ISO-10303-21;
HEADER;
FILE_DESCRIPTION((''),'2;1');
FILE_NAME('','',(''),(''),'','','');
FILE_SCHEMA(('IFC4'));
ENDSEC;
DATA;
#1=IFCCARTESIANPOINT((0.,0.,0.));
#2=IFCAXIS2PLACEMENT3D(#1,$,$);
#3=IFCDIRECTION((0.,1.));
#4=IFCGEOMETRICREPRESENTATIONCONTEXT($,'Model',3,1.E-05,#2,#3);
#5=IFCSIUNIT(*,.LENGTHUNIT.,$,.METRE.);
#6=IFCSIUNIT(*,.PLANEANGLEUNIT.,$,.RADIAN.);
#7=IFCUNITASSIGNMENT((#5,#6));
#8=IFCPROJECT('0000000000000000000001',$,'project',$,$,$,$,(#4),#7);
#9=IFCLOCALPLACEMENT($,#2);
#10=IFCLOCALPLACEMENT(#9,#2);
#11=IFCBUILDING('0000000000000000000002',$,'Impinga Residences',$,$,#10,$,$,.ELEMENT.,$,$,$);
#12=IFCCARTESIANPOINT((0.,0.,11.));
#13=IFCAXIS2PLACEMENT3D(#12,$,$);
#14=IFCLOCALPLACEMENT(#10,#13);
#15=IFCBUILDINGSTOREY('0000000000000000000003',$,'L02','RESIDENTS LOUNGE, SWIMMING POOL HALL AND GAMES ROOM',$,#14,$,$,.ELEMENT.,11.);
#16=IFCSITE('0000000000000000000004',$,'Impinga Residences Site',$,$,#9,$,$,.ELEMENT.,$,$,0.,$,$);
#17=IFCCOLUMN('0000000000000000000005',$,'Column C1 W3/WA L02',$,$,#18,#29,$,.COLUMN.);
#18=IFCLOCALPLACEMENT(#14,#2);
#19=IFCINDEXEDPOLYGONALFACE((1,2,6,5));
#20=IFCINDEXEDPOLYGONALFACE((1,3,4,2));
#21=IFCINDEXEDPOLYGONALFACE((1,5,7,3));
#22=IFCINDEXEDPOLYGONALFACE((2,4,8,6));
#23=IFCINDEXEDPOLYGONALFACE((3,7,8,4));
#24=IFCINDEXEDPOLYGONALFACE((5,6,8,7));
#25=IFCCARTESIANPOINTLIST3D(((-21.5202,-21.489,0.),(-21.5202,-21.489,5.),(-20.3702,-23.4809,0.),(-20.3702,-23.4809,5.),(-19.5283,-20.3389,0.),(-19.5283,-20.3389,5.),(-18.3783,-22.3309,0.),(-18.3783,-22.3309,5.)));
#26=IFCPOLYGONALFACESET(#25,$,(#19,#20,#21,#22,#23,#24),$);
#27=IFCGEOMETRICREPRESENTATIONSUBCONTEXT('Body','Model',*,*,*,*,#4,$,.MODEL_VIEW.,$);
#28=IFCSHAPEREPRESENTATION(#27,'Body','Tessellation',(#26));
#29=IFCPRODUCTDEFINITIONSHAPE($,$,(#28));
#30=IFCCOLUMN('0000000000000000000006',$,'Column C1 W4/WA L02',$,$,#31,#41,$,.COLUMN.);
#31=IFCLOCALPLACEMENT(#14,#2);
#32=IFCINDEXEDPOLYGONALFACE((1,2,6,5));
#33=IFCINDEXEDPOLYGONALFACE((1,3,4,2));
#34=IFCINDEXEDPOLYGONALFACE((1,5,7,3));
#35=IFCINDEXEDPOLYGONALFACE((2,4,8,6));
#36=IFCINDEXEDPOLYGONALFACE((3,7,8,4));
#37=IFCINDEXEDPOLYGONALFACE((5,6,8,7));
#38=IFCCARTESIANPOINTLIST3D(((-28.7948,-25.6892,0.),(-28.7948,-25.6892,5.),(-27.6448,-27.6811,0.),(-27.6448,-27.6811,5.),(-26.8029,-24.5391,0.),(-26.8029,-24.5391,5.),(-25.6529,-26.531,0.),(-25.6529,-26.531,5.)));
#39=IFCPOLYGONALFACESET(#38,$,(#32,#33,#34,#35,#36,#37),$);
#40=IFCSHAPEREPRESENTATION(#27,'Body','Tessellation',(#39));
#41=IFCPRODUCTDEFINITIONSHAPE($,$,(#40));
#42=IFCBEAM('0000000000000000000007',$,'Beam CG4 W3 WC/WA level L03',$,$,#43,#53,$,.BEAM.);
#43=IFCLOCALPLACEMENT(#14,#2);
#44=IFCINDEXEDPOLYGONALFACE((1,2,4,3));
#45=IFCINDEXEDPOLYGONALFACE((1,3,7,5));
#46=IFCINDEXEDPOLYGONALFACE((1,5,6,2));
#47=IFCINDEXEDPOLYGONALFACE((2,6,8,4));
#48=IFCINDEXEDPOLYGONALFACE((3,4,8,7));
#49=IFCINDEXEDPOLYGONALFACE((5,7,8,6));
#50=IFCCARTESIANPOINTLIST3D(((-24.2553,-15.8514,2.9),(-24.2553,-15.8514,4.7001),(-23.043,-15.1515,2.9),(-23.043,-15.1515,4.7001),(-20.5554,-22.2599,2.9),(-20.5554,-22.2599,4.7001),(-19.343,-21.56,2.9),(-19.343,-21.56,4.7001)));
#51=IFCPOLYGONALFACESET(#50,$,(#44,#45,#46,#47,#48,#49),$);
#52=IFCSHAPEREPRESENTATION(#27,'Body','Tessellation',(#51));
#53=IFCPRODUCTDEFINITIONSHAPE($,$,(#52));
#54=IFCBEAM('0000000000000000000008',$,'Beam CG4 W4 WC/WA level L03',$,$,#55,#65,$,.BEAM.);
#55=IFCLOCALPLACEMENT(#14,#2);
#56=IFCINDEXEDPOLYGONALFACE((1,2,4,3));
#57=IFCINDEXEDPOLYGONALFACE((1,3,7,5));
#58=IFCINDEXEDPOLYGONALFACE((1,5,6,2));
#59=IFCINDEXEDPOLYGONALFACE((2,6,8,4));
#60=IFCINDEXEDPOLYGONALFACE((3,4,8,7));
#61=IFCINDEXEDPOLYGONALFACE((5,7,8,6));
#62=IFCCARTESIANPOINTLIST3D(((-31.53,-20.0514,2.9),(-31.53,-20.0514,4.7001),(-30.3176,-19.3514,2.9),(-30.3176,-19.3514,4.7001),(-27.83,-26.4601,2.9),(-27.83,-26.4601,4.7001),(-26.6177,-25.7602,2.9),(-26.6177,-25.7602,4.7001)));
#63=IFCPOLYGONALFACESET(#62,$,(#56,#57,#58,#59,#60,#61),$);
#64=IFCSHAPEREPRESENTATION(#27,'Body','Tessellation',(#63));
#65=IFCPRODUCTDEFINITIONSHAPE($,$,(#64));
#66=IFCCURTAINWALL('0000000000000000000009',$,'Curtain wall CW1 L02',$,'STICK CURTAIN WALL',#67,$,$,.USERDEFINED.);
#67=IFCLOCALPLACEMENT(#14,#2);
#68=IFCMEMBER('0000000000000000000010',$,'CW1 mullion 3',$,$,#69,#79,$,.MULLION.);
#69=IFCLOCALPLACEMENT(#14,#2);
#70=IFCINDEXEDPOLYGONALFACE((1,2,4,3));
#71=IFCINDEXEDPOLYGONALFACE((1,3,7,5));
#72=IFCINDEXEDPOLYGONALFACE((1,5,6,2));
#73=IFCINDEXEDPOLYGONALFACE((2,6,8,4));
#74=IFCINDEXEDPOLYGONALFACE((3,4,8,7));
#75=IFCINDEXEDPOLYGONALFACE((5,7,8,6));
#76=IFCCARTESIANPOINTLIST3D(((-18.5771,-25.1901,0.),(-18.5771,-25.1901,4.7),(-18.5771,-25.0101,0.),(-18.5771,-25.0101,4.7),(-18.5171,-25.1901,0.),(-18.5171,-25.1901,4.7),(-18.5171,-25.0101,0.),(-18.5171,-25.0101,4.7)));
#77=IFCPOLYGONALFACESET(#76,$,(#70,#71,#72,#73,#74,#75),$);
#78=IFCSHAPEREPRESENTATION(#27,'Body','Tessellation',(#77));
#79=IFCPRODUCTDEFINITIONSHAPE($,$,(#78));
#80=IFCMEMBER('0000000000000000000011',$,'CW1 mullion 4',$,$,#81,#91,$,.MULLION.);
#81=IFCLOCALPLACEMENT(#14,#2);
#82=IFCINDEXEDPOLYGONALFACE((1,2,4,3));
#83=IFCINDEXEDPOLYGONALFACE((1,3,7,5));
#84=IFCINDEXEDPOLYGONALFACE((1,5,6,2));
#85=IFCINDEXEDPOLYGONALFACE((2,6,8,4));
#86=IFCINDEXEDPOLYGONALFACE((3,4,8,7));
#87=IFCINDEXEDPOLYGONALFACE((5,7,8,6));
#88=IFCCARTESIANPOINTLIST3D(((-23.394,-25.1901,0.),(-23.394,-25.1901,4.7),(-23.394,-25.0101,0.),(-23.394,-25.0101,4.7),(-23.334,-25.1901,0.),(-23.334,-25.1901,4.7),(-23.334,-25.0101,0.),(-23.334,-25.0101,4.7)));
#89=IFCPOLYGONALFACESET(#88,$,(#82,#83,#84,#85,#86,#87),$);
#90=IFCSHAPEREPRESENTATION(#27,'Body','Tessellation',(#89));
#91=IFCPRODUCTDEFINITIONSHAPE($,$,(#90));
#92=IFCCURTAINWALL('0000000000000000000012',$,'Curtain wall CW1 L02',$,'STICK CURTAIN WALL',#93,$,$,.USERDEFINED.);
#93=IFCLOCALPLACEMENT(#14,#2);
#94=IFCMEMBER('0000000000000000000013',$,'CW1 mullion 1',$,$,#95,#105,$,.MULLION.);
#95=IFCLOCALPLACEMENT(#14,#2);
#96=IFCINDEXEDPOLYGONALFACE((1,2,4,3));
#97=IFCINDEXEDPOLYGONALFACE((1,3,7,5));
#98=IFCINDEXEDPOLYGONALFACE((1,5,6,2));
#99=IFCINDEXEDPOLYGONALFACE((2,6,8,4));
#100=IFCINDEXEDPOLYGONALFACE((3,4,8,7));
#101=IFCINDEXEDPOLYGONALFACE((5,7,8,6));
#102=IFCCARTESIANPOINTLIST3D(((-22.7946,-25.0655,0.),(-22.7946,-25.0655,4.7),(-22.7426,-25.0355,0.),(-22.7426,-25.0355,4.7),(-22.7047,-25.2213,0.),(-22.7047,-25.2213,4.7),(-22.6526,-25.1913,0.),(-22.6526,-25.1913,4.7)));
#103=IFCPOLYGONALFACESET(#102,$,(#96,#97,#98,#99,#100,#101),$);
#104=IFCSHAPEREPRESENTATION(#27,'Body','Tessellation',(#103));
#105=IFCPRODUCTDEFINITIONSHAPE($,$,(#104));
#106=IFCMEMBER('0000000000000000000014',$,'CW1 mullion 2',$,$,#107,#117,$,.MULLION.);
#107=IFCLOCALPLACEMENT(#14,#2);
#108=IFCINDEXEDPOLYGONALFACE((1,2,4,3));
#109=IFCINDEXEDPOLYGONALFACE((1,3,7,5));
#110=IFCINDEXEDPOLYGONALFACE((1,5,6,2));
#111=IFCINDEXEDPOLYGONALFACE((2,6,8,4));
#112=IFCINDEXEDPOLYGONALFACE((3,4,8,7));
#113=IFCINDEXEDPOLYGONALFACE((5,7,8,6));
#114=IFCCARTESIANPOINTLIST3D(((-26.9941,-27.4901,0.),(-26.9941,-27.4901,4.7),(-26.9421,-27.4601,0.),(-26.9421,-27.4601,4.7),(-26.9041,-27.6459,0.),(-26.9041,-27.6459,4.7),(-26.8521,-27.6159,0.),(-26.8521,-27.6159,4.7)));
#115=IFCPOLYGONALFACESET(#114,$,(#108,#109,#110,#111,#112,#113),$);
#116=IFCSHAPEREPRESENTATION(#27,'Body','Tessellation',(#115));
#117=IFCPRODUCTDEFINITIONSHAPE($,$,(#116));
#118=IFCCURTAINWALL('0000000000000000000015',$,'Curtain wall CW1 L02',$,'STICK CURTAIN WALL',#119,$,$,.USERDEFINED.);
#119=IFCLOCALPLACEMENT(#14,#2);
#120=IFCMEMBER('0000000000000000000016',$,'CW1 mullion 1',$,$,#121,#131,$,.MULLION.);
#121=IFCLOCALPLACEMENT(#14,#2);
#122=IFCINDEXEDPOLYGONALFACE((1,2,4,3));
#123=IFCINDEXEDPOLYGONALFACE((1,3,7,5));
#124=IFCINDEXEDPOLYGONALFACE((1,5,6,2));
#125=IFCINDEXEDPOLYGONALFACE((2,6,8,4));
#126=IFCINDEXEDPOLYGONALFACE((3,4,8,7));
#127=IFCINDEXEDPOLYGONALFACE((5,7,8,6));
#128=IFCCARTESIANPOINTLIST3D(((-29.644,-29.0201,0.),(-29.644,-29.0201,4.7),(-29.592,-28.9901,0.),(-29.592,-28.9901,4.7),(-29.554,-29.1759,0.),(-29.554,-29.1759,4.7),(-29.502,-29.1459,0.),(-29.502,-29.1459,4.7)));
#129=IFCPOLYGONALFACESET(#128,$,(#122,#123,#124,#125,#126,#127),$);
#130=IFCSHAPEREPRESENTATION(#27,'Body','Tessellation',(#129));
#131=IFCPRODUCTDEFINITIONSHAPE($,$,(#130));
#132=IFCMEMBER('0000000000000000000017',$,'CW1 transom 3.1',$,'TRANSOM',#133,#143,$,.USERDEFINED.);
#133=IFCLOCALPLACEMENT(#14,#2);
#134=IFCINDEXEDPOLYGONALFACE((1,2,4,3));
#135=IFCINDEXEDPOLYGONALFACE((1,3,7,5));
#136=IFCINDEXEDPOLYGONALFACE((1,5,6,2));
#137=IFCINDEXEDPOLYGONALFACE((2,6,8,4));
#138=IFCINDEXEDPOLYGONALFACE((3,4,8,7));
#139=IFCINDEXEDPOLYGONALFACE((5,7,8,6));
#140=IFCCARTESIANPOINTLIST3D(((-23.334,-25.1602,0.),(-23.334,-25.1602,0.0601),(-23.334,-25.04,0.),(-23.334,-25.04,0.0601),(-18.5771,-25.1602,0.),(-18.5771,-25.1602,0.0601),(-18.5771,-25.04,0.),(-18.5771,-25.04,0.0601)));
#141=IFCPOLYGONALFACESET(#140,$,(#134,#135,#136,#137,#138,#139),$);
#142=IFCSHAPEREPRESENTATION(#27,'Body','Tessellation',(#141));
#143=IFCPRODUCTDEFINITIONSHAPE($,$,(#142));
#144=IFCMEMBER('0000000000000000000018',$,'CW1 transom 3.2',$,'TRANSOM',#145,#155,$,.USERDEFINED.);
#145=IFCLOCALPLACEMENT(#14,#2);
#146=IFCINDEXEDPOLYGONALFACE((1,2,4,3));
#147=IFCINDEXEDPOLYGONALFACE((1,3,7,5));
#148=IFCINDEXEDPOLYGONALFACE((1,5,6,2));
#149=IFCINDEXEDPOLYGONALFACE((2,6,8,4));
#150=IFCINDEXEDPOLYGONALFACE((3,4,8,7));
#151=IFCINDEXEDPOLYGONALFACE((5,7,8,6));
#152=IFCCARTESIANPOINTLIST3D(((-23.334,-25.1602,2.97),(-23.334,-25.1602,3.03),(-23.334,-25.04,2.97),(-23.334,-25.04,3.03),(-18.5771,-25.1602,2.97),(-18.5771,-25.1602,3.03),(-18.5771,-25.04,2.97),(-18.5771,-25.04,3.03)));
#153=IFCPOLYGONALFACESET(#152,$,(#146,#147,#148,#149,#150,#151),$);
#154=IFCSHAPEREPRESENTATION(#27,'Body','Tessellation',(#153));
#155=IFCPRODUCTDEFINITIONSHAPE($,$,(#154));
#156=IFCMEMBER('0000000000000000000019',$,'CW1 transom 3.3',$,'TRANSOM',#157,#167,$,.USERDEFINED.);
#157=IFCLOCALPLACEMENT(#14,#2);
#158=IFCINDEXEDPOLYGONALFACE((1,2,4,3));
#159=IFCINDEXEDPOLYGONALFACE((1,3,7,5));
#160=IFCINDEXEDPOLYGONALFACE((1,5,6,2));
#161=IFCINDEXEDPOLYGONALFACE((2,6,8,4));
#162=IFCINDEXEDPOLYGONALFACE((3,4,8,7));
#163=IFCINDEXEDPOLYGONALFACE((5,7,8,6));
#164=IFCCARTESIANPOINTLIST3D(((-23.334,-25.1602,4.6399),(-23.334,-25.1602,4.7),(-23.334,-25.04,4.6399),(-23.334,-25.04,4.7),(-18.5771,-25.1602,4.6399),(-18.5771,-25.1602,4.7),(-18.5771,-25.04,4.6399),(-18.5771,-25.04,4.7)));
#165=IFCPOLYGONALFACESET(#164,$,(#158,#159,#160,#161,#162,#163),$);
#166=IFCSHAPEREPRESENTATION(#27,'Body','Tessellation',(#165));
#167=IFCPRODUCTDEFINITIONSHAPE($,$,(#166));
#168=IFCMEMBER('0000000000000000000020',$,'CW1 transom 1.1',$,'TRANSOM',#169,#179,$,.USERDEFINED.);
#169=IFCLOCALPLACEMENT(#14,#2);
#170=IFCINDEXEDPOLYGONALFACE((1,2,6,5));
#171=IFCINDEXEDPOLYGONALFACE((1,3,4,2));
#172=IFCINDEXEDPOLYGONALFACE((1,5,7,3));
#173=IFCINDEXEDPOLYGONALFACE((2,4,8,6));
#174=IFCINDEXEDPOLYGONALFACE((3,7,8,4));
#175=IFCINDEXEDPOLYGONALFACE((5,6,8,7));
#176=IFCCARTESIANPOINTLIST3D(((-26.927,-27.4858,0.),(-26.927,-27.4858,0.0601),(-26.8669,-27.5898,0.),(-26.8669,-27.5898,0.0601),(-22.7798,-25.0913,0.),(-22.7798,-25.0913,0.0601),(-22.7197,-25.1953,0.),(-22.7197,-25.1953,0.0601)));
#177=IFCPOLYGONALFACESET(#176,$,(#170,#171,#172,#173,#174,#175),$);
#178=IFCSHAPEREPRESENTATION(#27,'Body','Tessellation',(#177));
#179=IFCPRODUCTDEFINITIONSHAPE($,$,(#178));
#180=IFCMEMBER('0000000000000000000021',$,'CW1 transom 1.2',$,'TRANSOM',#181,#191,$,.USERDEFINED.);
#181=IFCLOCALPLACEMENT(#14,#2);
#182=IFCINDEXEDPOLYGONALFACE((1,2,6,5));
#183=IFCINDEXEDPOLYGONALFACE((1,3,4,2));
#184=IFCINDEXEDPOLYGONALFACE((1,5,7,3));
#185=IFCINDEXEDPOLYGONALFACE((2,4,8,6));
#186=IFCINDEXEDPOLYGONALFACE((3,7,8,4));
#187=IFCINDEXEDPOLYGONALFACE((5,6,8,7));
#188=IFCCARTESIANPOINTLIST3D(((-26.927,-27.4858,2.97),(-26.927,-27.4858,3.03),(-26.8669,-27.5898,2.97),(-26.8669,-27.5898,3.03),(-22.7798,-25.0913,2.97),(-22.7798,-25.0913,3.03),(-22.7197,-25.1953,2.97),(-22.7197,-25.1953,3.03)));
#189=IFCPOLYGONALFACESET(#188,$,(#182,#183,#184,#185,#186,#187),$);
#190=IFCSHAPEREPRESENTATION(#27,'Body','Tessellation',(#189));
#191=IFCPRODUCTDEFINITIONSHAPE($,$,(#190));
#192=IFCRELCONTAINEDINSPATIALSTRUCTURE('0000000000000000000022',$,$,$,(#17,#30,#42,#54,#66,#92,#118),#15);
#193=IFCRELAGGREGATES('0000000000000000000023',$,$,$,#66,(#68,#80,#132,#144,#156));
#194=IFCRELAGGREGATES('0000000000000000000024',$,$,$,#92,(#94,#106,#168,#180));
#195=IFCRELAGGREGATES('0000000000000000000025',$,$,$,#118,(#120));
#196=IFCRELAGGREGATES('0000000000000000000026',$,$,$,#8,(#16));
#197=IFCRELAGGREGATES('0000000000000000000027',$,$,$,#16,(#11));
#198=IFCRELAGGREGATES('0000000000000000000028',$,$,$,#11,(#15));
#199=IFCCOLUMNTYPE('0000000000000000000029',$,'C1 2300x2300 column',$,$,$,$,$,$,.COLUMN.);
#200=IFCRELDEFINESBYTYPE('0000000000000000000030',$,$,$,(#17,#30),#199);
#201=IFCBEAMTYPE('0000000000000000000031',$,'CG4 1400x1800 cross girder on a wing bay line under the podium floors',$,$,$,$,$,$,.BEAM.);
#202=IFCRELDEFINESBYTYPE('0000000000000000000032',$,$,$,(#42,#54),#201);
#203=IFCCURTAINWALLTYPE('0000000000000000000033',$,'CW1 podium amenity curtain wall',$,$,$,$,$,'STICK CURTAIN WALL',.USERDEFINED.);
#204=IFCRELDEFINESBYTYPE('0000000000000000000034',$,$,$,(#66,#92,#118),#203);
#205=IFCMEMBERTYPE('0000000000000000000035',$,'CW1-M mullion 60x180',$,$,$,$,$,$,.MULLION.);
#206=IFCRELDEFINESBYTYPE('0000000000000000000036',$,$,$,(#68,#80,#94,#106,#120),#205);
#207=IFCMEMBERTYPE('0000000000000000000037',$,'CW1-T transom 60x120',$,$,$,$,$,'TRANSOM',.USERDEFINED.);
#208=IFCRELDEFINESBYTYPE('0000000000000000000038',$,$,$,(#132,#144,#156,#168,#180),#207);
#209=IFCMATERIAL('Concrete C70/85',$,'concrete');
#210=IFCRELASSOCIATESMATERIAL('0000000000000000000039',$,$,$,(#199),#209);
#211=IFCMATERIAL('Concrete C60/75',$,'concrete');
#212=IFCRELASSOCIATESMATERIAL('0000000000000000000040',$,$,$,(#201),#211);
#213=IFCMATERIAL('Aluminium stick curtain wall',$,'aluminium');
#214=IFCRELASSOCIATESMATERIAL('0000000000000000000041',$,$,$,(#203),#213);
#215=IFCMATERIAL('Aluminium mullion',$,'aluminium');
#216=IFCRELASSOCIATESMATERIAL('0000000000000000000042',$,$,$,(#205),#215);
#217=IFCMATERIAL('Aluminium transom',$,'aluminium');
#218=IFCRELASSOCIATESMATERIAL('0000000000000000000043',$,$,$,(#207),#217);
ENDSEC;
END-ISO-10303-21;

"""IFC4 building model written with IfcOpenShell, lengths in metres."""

from ifc_helpers import new_model, si_unit, direction, frame, origin, origin_2d, place, context, subcontext, project, spatial, rectangle, extrude, material, material_profile, profile_set, type_object, element, aggregate, save


model = new_model("IFC4")

# Units and contexts
model_context = context("Model", 3, precision=1e-05, world=origin(), true_north=direction((0.0, 1.0)))
body_context = subcontext(model_context, "Body", "Model", "MODEL_VIEW")
ifc_project = project(units=[si_unit("LENGTHUNIT", "METRE"), si_unit("PLANEANGLEUNIT", "RADIAN")], contexts=[model_context])

# Site, building, storey
site_placement = place(None, origin())
site = spatial("IfcSite", under=ifc_project, at=site_placement, Name="Impinga Residences Site", CompositionType="ELEMENT", RefElevation=0.0)
building_placement = place(site_placement, origin())
building = spatial("IfcBuilding", under=site, at=building_placement, Name="Impinga Residences", CompositionType="ELEMENT")
storey_placement = place(building_placement, frame((0.0, 0.0, 11.0)))
storey = spatial("IfcBuildingStorey", under=building, at=storey_placement, Name="L02", Description="RESIDENTS LOUNGE, SWIMMING POOL HALL AND GAMES ROOM", CompositionType="ELEMENT", Elevation=11.0)

# Columns
ifc_material_1 = material(Name="Concrete C70/85", Category="concrete")
ifc_material_profile_1 = material_profile(ifc_material_1, rectangle(XDim=2.3, YDim=2.3, at=origin_2d()), Name="RC 2300x2300")
ifc_profile_set_1 = profile_set([ifc_material_profile_1], Name="Concrete C70/85")
column_type = type_object("IfcColumnType", Name="C1 2300x2300 column", PredefinedType="COLUMN", material=ifc_profile_set_1)
for number, where, z_axis, x_axis, name in (
    (1, (-19.9492, -21.9099, 0.0), (0.0, 0.0, 1.0), (-0.5, 0.866025, 0.0), "Column C1 W3/WA L02"),
    (2, (-27.2239, -26.1101, 0.0), (0.0, 0.0, 1.0), (-0.5, 0.866025, 0.0), "Column C1 W4/WA L02"),
):
    element("IfcColumn", number, at=place(storey_placement, frame(where, z_axis=z_axis, x_axis=x_axis)), inside=storey, type_object=column_type, Name=name, PredefinedType="COLUMN", context=body_context, shape_type="SweptSolid", body=[
        extrude(rectangle(XDim=2.3, YDim=2.3, at=origin_2d()), origin(), (0.0, 0.0, 1.0), 5.0),
    ])

# Beams
ifc_material_2 = material(Name="Concrete C60/75", Category="concrete")
ifc_material_profile_2 = material_profile(ifc_material_2, rectangle(XDim=1.3999, YDim=1.8, at=origin_2d()), Name="RC 1400x1800")
ifc_profile_set_2 = profile_set([ifc_material_profile_2], Name="Concrete C60/75")
beam_type_1 = type_object("IfcBeamType", Name="CG4 1400x1800 cross girder on a wing bay line under the podium floors", PredefinedType="BEAM", material=ifc_profile_set_2)
beam_1_placement = place(storey_placement, frame((-23.6492, -15.5015, 3.8), z_axis=(0.500003, -0.866024, 0.0), x_axis=(0.866024, 0.500003, 0.0)))
element("IfcBeam", 3, at=beam_1_placement, inside=storey, type_object=beam_type_1, Name="Beam CG4 W3 WC/WA level L03", PredefinedType="BEAM", context=body_context, shape_type="SweptSolid", body=[
    extrude(rectangle(XDim=1.3999, YDim=1.8, at=origin_2d()), origin(), (0.0, 0.0, 1.0), 7.3999),
])
beam_2_placement = place(storey_placement, frame((-30.9238, -19.7014, 3.8), z_axis=(0.499989, -0.866032, 0.0), x_axis=(0.866032, 0.499989, 0.0)))
element("IfcBeam", 4, at=beam_2_placement, inside=storey, type_object=beam_type_1, Name="Beam CG4 W4 WC/WA level L03", PredefinedType="BEAM", context=body_context, shape_type="SweptSolid", body=[
    extrude(rectangle(XDim=1.3999, YDim=1.8, at=origin_2d()), origin(), (0.0, 0.0, 1.0), 7.4001),
])

# Curtain walls, members
ifc_material_3 = material(Name="Aluminium stick curtain wall", Category="aluminium")
curtain_wall_type = type_object("IfcCurtainWallType", Name="CW1 podium amenity curtain wall", ElementType="STICK CURTAIN WALL", PredefinedType="USERDEFINED", material=ifc_material_3)
curtain_wall_1_placement = place(storey_placement, origin())
curtain_wall_1 = element("IfcCurtainWall", 5, at=curtain_wall_1_placement, inside=storey, type_object=curtain_wall_type, Name="Curtain wall CW1 L02", ObjectType="STICK CURTAIN WALL", PredefinedType="USERDEFINED")
ifc_material_4 = material(Name="Aluminium mullion", Category="aluminium")
ifc_material_profile_3 = material_profile(ifc_material_4, rectangle(XDim=0.0601, YDim=0.1799, at=origin_2d()), Name="60x180 mullion")
ifc_profile_set_3 = profile_set([ifc_material_profile_3], Name="Aluminium mullion")
member_type_1 = type_object("IfcMemberType", Name="CW1-M mullion 60x180", PredefinedType="MULLION", material=ifc_profile_set_3)
member_1_placement = place(storey_placement, frame((-18.5471, -25.1001, 0.0), z_axis=(0.0, 0.0, 1.0), x_axis=(-1.0, 0.0, 0.0)))
member_1 = element("IfcMember", 6, at=member_1_placement, type_object=member_type_1, Name="CW1 mullion 3", PredefinedType="MULLION", context=body_context, shape_type="SweptSolid", body=[
    extrude(rectangle(XDim=0.0601, YDim=0.1799, at=origin_2d()), origin(), (0.0, 0.0, 1.0), 4.7),
])
member_2_placement = place(storey_placement, frame((-23.364, -25.1001, 0.0), z_axis=(0.0, 0.0, 1.0), x_axis=(-1.0, 0.0, 0.0)))
member_2 = element("IfcMember", 7, at=member_2_placement, type_object=member_type_1, Name="CW1 mullion 4", PredefinedType="MULLION", context=body_context, shape_type="SweptSolid", body=[
    extrude(rectangle(XDim=0.0601, YDim=0.1799, at=origin_2d()), origin(), (0.0, 0.0, 1.0), 4.7),
])
curtain_wall_2_placement = place(storey_placement, origin())
curtain_wall_2 = element("IfcCurtainWall", 8, at=curtain_wall_2_placement, inside=storey, type_object=curtain_wall_type, Name="Curtain wall CW1 L02", ObjectType="STICK CURTAIN WALL", PredefinedType="USERDEFINED")
member_3_placement = place(storey_placement, frame((-22.7236, -25.1284, 0.0), z_axis=(0.0, 0.0, 1.0), x_axis=(-0.866025, -0.5, 0.0)))
member_3 = element("IfcMember", 9, at=member_3_placement, type_object=member_type_1, Name="CW1 mullion 1", PredefinedType="MULLION", context=body_context, shape_type="SweptSolid", body=[
    extrude(rectangle(XDim=0.0601, YDim=0.1799, at=origin_2d()), origin(), (0.0, 0.0, 1.0), 4.7),
])
member_4_placement = place(storey_placement, frame((-26.9231, -27.553, 0.0), z_axis=(0.0, 0.0, 1.0), x_axis=(-0.866025, -0.5, 0.0)))
member_4 = element("IfcMember", 10, at=member_4_placement, type_object=member_type_1, Name="CW1 mullion 2", PredefinedType="MULLION", context=body_context, shape_type="SweptSolid", body=[
    extrude(rectangle(XDim=0.0601, YDim=0.1799, at=origin_2d()), origin(), (0.0, 0.0, 1.0), 4.7),
])

# Curtain wall, member
curtain_wall_3_placement = place(storey_placement, origin())
curtain_wall_3 = element("IfcCurtainWall", 11, at=curtain_wall_3_placement, inside=storey, type_object=curtain_wall_type, Name="Curtain wall CW1 L02", ObjectType="STICK CURTAIN WALL", PredefinedType="USERDEFINED")
member_5_placement = place(storey_placement, frame((-29.573, -29.083, 0.0), z_axis=(0.0, 0.0, 1.0), x_axis=(-0.866025, -0.5, 0.0)))
member_5 = element("IfcMember", 12, at=member_5_placement, type_object=member_type_1, Name="CW1 mullion 1", PredefinedType="MULLION", context=body_context, shape_type="SweptSolid", body=[
    extrude(rectangle(XDim=0.0601, YDim=0.1799, at=origin_2d()), origin(), (0.0, 0.0, 1.0), 4.7),
])

# Members
ifc_material_5 = material(Name="Aluminium transom", Category="aluminium")
ifc_material_profile_4 = material_profile(ifc_material_5, rectangle(XDim=0.0601, YDim=0.1201, at=origin_2d()), Name="60x120 transom")
ifc_profile_set_4 = profile_set([ifc_material_profile_4], Name="Aluminium transom")
member_type_2 = type_object("IfcMemberType", Name="CW1-T transom 60x120", ElementType="TRANSOM", PredefinedType="USERDEFINED", material=ifc_profile_set_4)
member_6_placement = place(storey_placement, frame((-18.5771, -25.1001, 0.03), z_axis=(-1.0, 0.0, 0.0), x_axis=(0.0, 0.0, 1.0)))
member_6 = element("IfcMember", 13, at=member_6_placement, type_object=member_type_2, Name="CW1 transom 3.1", ObjectType="TRANSOM", PredefinedType="USERDEFINED", context=body_context, shape_type="SweptSolid", body=[
    extrude(rectangle(XDim=0.0601, YDim=0.1201, at=origin_2d()), origin(), (0.0, 0.0, 1.0), 4.7568),
])
member_7_placement = place(storey_placement, frame((-18.5771, -25.1001, 3.0), z_axis=(-1.0, 0.0, 0.0), x_axis=(0.0, 0.0, 1.0)))
member_7 = element("IfcMember", 14, at=member_7_placement, type_object=member_type_2, Name="CW1 transom 3.2", ObjectType="TRANSOM", PredefinedType="USERDEFINED", context=body_context, shape_type="SweptSolid", body=[
    extrude(rectangle(XDim=0.0601, YDim=0.1201, at=origin_2d()), origin(), (0.0, 0.0, 1.0), 4.7568),
])
member_8_placement = place(storey_placement, frame((-18.5771, -25.1001, 4.6699), z_axis=(-1.0, 0.0, 0.0), x_axis=(0.0, 0.0, 1.0)))
member_8 = element("IfcMember", 15, at=member_8_placement, type_object=member_type_2, Name="CW1 transom 3.3", ObjectType="TRANSOM", PredefinedType="USERDEFINED", context=body_context, shape_type="SweptSolid", body=[
    extrude(rectangle(XDim=0.0601, YDim=0.1201, at=origin_2d()), origin(), (0.0, 0.0, 1.0), 4.7568),
])
member_9_placement = place(storey_placement, frame((-22.7498, -25.1433, 0.03), z_axis=(-0.866013, -0.500021, 0.0), x_axis=(0.0, 0.0, 1.0)))
member_9 = element("IfcMember", 16, at=member_9_placement, type_object=member_type_2, Name="CW1 transom 1.1", ObjectType="TRANSOM", PredefinedType="USERDEFINED", context=body_context, shape_type="SweptSolid", body=[
    extrude(rectangle(XDim=0.0601, YDim=0.1201, at=origin_2d()), origin(), (0.0, 0.0, 1.0), 4.7888),
])
member_10_placement = place(storey_placement, frame((-22.7498, -25.1433, 3.0), z_axis=(-0.866013, -0.500021, 0.0), x_axis=(0.0, 0.0, 1.0)))
member_10 = element("IfcMember", 17, at=member_10_placement, type_object=member_type_2, Name="CW1 transom 1.2", ObjectType="TRANSOM", PredefinedType="USERDEFINED", context=body_context, shape_type="SweptSolid", body=[
    extrude(rectangle(XDim=0.0601, YDim=0.1201, at=origin_2d()), origin(), (0.0, 0.0, 1.0), 4.7888),
])

aggregate(curtain_wall_1, [member_1, member_2, member_6, member_7, member_8])
aggregate(curtain_wall_2, [member_3, member_4, member_9, member_10])
aggregate(curtain_wall_3, [member_5])

save(model, "model.ifc")
